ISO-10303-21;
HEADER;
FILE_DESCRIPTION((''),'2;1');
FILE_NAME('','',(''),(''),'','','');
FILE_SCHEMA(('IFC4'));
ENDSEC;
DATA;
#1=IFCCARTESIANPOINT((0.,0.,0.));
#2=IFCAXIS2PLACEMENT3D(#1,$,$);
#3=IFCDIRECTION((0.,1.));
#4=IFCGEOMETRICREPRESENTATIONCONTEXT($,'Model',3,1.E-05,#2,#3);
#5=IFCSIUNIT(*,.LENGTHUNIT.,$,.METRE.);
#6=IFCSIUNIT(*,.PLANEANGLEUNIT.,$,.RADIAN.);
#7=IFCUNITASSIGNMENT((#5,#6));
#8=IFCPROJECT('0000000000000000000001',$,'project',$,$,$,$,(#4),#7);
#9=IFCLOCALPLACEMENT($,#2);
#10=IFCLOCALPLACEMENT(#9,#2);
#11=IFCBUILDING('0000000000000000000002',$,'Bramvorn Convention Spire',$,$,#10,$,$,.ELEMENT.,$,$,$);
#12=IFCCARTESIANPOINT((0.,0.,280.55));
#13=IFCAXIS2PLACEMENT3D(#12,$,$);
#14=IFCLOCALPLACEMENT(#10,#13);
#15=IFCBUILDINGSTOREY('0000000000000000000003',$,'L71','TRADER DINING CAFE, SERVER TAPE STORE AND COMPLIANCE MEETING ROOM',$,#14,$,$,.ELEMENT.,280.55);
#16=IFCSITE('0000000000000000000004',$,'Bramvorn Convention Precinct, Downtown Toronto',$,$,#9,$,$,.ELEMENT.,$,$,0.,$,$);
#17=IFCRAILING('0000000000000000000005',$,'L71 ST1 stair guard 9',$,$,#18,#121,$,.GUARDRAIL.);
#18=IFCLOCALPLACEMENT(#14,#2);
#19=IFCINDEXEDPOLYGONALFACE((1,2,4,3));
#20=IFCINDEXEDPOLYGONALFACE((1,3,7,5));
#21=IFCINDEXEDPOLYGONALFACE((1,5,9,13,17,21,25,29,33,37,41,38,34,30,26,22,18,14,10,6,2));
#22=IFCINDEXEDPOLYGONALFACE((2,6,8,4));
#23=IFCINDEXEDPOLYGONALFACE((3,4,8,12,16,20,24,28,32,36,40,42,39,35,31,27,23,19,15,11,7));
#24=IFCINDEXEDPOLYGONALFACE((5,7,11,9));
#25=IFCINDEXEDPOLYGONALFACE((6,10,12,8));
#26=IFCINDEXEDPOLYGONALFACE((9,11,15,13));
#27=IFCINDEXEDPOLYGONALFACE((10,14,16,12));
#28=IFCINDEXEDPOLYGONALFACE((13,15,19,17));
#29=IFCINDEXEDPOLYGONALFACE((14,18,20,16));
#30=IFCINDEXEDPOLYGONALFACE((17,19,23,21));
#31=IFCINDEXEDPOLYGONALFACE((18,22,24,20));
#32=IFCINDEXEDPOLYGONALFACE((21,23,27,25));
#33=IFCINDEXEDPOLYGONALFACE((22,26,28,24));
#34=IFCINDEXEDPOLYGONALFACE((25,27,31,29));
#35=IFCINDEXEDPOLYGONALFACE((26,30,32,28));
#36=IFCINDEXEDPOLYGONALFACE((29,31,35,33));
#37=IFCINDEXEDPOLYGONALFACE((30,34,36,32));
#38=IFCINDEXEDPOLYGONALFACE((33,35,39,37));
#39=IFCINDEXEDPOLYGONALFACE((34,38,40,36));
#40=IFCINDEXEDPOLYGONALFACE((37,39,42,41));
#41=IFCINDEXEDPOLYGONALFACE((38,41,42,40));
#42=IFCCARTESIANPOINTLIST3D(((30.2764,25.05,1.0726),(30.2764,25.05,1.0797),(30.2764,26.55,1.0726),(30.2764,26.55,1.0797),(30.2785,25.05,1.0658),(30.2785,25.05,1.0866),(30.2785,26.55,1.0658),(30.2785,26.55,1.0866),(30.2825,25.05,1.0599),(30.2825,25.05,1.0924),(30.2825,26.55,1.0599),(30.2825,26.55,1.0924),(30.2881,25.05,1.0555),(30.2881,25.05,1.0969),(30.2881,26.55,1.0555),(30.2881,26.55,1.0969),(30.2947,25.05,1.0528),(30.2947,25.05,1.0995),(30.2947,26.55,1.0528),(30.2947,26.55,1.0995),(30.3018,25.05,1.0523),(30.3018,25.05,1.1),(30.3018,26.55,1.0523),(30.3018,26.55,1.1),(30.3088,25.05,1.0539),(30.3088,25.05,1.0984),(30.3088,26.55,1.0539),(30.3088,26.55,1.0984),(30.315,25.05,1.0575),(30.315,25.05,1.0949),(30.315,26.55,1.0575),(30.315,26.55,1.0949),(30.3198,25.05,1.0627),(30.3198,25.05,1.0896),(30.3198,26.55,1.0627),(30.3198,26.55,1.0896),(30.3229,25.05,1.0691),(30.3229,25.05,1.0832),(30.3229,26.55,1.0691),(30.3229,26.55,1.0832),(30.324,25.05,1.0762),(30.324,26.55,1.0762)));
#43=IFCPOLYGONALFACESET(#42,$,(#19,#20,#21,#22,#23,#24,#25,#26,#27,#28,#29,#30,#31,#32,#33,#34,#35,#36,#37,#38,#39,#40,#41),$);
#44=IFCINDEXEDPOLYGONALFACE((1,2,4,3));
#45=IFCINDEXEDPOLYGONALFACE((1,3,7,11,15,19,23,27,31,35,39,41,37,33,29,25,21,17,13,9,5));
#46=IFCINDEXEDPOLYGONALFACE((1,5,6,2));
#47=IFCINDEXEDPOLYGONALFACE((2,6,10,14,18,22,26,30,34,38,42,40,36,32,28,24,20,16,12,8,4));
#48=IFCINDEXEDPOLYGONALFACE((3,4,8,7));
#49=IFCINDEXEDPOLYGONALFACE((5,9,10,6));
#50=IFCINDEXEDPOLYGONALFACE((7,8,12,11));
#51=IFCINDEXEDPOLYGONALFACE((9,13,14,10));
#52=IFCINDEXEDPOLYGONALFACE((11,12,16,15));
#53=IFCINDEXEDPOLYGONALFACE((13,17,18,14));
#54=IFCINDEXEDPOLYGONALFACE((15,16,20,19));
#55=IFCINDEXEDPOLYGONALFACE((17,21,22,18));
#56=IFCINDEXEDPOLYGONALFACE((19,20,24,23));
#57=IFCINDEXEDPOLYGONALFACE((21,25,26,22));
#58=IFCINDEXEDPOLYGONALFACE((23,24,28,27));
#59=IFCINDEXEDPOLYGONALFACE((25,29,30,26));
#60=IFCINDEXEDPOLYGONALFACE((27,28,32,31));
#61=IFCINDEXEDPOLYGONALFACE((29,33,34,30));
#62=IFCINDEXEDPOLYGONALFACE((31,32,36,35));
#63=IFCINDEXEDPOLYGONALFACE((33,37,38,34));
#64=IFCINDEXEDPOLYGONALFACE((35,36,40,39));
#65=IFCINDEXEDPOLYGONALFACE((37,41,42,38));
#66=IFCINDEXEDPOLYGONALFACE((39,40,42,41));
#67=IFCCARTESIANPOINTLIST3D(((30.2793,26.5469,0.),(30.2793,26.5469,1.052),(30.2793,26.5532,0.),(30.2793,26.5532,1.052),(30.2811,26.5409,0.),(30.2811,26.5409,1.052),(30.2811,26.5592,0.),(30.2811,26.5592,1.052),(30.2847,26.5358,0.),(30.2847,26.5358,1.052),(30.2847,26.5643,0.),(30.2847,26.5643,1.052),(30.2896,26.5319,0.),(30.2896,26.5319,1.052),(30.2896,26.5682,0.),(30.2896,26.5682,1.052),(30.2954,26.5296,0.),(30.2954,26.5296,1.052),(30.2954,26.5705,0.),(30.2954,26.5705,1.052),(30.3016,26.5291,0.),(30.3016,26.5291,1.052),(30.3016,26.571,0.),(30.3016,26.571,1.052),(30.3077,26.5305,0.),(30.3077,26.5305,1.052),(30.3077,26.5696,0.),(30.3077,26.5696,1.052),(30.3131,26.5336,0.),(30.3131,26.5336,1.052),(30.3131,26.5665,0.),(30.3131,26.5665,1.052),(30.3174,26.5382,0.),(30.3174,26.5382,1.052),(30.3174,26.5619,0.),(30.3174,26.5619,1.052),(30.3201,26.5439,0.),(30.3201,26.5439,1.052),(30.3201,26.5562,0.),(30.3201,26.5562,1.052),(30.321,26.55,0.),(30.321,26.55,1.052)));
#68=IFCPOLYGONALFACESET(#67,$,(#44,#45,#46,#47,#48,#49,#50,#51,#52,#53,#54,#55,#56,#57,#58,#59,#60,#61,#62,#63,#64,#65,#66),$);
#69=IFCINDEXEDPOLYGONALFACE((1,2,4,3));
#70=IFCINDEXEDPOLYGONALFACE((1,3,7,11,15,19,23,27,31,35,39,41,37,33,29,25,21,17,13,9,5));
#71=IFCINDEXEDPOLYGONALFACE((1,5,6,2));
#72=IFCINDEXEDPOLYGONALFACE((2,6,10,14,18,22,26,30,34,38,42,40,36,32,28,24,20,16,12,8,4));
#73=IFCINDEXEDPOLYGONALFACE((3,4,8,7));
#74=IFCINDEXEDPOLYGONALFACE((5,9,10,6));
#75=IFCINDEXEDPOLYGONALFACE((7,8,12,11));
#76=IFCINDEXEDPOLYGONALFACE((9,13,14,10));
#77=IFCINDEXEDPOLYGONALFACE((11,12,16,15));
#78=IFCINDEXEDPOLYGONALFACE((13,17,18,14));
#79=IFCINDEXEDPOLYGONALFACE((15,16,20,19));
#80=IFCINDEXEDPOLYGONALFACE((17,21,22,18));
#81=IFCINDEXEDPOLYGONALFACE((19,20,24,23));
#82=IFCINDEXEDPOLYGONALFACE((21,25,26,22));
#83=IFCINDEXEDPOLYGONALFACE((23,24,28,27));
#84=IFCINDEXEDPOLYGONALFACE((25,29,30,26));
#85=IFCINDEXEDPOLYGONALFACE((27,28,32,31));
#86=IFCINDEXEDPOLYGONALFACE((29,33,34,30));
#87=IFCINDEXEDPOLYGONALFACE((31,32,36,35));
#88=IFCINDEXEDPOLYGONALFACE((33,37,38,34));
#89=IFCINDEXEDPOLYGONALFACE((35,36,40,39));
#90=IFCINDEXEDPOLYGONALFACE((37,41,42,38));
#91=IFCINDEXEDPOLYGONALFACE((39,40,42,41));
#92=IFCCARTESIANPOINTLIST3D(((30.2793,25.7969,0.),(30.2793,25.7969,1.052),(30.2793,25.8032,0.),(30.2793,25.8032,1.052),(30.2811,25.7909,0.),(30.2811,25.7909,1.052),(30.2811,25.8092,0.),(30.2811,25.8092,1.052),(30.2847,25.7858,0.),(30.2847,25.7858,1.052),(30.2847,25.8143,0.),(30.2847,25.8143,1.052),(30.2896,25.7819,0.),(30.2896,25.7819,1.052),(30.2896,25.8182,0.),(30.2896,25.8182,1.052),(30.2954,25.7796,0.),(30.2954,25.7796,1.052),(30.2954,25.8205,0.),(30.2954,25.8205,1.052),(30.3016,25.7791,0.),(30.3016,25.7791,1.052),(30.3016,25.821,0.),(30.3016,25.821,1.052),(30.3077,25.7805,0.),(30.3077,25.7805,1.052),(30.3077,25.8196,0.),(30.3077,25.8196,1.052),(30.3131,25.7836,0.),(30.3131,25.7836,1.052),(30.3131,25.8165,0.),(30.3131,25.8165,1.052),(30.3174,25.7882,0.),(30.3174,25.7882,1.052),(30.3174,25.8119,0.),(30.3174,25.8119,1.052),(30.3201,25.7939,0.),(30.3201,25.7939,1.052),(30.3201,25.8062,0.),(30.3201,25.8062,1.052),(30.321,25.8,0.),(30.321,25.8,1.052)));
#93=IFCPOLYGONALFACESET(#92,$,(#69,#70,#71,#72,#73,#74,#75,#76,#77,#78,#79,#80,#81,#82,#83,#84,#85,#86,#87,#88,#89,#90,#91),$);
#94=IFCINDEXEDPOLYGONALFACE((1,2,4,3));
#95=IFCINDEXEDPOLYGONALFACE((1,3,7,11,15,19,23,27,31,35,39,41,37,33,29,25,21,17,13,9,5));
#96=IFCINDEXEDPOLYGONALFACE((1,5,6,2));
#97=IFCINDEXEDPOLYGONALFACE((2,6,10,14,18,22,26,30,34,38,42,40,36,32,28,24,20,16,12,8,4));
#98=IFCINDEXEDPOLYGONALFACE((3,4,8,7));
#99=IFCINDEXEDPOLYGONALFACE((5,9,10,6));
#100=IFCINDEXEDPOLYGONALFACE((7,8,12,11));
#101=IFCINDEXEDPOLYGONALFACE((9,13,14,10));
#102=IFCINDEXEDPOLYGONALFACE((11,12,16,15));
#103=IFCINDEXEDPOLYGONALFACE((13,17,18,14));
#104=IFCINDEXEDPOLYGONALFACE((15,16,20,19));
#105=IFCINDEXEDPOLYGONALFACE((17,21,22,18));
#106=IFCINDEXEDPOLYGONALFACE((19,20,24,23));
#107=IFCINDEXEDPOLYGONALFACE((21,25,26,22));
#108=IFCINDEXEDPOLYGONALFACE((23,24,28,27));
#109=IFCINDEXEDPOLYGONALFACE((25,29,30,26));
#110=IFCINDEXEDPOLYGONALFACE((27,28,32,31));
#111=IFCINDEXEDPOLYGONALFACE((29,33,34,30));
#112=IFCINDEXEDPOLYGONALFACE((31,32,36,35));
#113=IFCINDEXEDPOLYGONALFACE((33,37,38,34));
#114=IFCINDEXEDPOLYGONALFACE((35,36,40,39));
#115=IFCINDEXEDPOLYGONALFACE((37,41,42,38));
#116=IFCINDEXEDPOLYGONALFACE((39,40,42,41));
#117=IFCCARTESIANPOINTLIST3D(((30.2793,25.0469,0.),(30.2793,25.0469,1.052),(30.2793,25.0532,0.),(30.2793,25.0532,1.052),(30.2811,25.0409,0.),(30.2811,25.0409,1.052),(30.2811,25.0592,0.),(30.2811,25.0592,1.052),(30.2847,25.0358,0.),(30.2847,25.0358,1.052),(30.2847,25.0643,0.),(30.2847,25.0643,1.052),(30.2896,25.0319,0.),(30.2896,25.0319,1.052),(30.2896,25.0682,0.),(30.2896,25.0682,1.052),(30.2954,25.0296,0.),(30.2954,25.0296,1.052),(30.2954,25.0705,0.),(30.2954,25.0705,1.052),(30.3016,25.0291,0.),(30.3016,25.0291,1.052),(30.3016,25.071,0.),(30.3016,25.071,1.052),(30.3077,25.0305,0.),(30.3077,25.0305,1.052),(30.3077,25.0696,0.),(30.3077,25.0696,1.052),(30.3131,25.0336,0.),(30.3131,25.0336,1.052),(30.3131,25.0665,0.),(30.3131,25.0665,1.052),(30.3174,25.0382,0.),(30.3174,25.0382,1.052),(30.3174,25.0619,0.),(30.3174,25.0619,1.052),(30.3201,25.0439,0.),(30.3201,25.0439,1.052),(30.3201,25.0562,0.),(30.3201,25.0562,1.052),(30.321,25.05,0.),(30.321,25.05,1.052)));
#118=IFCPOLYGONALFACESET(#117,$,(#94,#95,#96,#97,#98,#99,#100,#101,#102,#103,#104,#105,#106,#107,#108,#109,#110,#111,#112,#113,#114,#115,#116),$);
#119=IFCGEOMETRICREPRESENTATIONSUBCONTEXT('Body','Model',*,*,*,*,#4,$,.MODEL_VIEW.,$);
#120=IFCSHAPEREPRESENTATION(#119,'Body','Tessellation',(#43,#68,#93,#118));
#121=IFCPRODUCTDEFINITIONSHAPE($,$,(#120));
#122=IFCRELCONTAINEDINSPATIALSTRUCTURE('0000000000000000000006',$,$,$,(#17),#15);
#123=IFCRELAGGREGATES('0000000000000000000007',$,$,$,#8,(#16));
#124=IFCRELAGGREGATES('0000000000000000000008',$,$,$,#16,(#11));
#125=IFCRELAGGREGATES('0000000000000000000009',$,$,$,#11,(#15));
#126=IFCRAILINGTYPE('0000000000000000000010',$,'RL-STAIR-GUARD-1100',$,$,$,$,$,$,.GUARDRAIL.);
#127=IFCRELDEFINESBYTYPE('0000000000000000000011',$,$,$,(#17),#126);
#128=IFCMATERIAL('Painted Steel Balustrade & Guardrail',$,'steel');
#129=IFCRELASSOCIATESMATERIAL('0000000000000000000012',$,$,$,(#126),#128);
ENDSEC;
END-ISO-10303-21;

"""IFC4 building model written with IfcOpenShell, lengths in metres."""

from ifc_helpers import new_model, si_unit, direction, frame, origin, origin_2d, place, context, subcontext, project, spatial, circle, extrude, material, type_object, element, save


model = new_model("IFC4")

# Units and contexts
model_context = context("Model", 3, precision=1e-05, world=origin(), true_north=direction((0.0, 1.0)))
body_context = subcontext(model_context, "Body", "Model", "MODEL_VIEW")
ifc_project = project(units=[si_unit("LENGTHUNIT", "METRE"), si_unit("PLANEANGLEUNIT", "RADIAN")], contexts=[model_context])

# Site, building, storey
site_placement = place(None, origin())
site = spatial("IfcSite", under=ifc_project, at=site_placement, Name="Bramvorn Convention Precinct, Downtown Toronto", CompositionType="ELEMENT", RefElevation=0.0)
building_placement = place(site_placement, origin())
building = spatial("IfcBuilding", under=site, at=building_placement, Name="Bramvorn Convention Spire", CompositionType="ELEMENT")
storey_placement = place(building_placement, frame((0.0, 0.0, 280.55)))
storey = spatial("IfcBuildingStorey", under=building, at=storey_placement, Name="L71", Description="TRADER DINING CAFE, SERVER TAPE STORE AND COMPLIANCE MEETING ROOM", CompositionType="ELEMENT", Elevation=280.55)

# Railing
ifc_material_1 = material(Name="Painted Steel Balustrade & Guardrail", Category="steel")
railing_type = type_object("IfcRailingType", Name="RL-STAIR-GUARD-1100", PredefinedType="GUARDRAIL", material=ifc_material_1)
for number, where, name in (
    (1, (30.3, 26.55, 0.0), "L71 ST1 stair guard 9"),
):
    element("IfcRailing", number, at=place(storey_placement, frame(where)), inside=storey, type_object=railing_type, Name=name, PredefinedType="GUARDRAIL", context=body_context, shape_type="SweptSolid", body=[
        extrude(circle(Radius=0.0239, at=origin_2d()), frame((0.0, 0.0, 1.0762), z_axis=(0.0, -1.0, 0.0), x_axis=(1.0, 0.0, 0.0)), (0.0, 0.0, 1.0), 1.5),
        extrude(circle(Radius=0.021, at=origin_2d()), origin(), (0.0, 0.0, 1.0), 1.052),
        extrude(circle(Radius=0.021, at=origin_2d()), frame((0.0, -0.75, 0.0)), (0.0, 0.0, 1.0), 1.052),
        extrude(circle(Radius=0.021, at=origin_2d()), frame((0.0, -1.5, 0.0)), (0.0, 0.0, 1.0), 1.052),
    ])

save(model, "model.ifc")
